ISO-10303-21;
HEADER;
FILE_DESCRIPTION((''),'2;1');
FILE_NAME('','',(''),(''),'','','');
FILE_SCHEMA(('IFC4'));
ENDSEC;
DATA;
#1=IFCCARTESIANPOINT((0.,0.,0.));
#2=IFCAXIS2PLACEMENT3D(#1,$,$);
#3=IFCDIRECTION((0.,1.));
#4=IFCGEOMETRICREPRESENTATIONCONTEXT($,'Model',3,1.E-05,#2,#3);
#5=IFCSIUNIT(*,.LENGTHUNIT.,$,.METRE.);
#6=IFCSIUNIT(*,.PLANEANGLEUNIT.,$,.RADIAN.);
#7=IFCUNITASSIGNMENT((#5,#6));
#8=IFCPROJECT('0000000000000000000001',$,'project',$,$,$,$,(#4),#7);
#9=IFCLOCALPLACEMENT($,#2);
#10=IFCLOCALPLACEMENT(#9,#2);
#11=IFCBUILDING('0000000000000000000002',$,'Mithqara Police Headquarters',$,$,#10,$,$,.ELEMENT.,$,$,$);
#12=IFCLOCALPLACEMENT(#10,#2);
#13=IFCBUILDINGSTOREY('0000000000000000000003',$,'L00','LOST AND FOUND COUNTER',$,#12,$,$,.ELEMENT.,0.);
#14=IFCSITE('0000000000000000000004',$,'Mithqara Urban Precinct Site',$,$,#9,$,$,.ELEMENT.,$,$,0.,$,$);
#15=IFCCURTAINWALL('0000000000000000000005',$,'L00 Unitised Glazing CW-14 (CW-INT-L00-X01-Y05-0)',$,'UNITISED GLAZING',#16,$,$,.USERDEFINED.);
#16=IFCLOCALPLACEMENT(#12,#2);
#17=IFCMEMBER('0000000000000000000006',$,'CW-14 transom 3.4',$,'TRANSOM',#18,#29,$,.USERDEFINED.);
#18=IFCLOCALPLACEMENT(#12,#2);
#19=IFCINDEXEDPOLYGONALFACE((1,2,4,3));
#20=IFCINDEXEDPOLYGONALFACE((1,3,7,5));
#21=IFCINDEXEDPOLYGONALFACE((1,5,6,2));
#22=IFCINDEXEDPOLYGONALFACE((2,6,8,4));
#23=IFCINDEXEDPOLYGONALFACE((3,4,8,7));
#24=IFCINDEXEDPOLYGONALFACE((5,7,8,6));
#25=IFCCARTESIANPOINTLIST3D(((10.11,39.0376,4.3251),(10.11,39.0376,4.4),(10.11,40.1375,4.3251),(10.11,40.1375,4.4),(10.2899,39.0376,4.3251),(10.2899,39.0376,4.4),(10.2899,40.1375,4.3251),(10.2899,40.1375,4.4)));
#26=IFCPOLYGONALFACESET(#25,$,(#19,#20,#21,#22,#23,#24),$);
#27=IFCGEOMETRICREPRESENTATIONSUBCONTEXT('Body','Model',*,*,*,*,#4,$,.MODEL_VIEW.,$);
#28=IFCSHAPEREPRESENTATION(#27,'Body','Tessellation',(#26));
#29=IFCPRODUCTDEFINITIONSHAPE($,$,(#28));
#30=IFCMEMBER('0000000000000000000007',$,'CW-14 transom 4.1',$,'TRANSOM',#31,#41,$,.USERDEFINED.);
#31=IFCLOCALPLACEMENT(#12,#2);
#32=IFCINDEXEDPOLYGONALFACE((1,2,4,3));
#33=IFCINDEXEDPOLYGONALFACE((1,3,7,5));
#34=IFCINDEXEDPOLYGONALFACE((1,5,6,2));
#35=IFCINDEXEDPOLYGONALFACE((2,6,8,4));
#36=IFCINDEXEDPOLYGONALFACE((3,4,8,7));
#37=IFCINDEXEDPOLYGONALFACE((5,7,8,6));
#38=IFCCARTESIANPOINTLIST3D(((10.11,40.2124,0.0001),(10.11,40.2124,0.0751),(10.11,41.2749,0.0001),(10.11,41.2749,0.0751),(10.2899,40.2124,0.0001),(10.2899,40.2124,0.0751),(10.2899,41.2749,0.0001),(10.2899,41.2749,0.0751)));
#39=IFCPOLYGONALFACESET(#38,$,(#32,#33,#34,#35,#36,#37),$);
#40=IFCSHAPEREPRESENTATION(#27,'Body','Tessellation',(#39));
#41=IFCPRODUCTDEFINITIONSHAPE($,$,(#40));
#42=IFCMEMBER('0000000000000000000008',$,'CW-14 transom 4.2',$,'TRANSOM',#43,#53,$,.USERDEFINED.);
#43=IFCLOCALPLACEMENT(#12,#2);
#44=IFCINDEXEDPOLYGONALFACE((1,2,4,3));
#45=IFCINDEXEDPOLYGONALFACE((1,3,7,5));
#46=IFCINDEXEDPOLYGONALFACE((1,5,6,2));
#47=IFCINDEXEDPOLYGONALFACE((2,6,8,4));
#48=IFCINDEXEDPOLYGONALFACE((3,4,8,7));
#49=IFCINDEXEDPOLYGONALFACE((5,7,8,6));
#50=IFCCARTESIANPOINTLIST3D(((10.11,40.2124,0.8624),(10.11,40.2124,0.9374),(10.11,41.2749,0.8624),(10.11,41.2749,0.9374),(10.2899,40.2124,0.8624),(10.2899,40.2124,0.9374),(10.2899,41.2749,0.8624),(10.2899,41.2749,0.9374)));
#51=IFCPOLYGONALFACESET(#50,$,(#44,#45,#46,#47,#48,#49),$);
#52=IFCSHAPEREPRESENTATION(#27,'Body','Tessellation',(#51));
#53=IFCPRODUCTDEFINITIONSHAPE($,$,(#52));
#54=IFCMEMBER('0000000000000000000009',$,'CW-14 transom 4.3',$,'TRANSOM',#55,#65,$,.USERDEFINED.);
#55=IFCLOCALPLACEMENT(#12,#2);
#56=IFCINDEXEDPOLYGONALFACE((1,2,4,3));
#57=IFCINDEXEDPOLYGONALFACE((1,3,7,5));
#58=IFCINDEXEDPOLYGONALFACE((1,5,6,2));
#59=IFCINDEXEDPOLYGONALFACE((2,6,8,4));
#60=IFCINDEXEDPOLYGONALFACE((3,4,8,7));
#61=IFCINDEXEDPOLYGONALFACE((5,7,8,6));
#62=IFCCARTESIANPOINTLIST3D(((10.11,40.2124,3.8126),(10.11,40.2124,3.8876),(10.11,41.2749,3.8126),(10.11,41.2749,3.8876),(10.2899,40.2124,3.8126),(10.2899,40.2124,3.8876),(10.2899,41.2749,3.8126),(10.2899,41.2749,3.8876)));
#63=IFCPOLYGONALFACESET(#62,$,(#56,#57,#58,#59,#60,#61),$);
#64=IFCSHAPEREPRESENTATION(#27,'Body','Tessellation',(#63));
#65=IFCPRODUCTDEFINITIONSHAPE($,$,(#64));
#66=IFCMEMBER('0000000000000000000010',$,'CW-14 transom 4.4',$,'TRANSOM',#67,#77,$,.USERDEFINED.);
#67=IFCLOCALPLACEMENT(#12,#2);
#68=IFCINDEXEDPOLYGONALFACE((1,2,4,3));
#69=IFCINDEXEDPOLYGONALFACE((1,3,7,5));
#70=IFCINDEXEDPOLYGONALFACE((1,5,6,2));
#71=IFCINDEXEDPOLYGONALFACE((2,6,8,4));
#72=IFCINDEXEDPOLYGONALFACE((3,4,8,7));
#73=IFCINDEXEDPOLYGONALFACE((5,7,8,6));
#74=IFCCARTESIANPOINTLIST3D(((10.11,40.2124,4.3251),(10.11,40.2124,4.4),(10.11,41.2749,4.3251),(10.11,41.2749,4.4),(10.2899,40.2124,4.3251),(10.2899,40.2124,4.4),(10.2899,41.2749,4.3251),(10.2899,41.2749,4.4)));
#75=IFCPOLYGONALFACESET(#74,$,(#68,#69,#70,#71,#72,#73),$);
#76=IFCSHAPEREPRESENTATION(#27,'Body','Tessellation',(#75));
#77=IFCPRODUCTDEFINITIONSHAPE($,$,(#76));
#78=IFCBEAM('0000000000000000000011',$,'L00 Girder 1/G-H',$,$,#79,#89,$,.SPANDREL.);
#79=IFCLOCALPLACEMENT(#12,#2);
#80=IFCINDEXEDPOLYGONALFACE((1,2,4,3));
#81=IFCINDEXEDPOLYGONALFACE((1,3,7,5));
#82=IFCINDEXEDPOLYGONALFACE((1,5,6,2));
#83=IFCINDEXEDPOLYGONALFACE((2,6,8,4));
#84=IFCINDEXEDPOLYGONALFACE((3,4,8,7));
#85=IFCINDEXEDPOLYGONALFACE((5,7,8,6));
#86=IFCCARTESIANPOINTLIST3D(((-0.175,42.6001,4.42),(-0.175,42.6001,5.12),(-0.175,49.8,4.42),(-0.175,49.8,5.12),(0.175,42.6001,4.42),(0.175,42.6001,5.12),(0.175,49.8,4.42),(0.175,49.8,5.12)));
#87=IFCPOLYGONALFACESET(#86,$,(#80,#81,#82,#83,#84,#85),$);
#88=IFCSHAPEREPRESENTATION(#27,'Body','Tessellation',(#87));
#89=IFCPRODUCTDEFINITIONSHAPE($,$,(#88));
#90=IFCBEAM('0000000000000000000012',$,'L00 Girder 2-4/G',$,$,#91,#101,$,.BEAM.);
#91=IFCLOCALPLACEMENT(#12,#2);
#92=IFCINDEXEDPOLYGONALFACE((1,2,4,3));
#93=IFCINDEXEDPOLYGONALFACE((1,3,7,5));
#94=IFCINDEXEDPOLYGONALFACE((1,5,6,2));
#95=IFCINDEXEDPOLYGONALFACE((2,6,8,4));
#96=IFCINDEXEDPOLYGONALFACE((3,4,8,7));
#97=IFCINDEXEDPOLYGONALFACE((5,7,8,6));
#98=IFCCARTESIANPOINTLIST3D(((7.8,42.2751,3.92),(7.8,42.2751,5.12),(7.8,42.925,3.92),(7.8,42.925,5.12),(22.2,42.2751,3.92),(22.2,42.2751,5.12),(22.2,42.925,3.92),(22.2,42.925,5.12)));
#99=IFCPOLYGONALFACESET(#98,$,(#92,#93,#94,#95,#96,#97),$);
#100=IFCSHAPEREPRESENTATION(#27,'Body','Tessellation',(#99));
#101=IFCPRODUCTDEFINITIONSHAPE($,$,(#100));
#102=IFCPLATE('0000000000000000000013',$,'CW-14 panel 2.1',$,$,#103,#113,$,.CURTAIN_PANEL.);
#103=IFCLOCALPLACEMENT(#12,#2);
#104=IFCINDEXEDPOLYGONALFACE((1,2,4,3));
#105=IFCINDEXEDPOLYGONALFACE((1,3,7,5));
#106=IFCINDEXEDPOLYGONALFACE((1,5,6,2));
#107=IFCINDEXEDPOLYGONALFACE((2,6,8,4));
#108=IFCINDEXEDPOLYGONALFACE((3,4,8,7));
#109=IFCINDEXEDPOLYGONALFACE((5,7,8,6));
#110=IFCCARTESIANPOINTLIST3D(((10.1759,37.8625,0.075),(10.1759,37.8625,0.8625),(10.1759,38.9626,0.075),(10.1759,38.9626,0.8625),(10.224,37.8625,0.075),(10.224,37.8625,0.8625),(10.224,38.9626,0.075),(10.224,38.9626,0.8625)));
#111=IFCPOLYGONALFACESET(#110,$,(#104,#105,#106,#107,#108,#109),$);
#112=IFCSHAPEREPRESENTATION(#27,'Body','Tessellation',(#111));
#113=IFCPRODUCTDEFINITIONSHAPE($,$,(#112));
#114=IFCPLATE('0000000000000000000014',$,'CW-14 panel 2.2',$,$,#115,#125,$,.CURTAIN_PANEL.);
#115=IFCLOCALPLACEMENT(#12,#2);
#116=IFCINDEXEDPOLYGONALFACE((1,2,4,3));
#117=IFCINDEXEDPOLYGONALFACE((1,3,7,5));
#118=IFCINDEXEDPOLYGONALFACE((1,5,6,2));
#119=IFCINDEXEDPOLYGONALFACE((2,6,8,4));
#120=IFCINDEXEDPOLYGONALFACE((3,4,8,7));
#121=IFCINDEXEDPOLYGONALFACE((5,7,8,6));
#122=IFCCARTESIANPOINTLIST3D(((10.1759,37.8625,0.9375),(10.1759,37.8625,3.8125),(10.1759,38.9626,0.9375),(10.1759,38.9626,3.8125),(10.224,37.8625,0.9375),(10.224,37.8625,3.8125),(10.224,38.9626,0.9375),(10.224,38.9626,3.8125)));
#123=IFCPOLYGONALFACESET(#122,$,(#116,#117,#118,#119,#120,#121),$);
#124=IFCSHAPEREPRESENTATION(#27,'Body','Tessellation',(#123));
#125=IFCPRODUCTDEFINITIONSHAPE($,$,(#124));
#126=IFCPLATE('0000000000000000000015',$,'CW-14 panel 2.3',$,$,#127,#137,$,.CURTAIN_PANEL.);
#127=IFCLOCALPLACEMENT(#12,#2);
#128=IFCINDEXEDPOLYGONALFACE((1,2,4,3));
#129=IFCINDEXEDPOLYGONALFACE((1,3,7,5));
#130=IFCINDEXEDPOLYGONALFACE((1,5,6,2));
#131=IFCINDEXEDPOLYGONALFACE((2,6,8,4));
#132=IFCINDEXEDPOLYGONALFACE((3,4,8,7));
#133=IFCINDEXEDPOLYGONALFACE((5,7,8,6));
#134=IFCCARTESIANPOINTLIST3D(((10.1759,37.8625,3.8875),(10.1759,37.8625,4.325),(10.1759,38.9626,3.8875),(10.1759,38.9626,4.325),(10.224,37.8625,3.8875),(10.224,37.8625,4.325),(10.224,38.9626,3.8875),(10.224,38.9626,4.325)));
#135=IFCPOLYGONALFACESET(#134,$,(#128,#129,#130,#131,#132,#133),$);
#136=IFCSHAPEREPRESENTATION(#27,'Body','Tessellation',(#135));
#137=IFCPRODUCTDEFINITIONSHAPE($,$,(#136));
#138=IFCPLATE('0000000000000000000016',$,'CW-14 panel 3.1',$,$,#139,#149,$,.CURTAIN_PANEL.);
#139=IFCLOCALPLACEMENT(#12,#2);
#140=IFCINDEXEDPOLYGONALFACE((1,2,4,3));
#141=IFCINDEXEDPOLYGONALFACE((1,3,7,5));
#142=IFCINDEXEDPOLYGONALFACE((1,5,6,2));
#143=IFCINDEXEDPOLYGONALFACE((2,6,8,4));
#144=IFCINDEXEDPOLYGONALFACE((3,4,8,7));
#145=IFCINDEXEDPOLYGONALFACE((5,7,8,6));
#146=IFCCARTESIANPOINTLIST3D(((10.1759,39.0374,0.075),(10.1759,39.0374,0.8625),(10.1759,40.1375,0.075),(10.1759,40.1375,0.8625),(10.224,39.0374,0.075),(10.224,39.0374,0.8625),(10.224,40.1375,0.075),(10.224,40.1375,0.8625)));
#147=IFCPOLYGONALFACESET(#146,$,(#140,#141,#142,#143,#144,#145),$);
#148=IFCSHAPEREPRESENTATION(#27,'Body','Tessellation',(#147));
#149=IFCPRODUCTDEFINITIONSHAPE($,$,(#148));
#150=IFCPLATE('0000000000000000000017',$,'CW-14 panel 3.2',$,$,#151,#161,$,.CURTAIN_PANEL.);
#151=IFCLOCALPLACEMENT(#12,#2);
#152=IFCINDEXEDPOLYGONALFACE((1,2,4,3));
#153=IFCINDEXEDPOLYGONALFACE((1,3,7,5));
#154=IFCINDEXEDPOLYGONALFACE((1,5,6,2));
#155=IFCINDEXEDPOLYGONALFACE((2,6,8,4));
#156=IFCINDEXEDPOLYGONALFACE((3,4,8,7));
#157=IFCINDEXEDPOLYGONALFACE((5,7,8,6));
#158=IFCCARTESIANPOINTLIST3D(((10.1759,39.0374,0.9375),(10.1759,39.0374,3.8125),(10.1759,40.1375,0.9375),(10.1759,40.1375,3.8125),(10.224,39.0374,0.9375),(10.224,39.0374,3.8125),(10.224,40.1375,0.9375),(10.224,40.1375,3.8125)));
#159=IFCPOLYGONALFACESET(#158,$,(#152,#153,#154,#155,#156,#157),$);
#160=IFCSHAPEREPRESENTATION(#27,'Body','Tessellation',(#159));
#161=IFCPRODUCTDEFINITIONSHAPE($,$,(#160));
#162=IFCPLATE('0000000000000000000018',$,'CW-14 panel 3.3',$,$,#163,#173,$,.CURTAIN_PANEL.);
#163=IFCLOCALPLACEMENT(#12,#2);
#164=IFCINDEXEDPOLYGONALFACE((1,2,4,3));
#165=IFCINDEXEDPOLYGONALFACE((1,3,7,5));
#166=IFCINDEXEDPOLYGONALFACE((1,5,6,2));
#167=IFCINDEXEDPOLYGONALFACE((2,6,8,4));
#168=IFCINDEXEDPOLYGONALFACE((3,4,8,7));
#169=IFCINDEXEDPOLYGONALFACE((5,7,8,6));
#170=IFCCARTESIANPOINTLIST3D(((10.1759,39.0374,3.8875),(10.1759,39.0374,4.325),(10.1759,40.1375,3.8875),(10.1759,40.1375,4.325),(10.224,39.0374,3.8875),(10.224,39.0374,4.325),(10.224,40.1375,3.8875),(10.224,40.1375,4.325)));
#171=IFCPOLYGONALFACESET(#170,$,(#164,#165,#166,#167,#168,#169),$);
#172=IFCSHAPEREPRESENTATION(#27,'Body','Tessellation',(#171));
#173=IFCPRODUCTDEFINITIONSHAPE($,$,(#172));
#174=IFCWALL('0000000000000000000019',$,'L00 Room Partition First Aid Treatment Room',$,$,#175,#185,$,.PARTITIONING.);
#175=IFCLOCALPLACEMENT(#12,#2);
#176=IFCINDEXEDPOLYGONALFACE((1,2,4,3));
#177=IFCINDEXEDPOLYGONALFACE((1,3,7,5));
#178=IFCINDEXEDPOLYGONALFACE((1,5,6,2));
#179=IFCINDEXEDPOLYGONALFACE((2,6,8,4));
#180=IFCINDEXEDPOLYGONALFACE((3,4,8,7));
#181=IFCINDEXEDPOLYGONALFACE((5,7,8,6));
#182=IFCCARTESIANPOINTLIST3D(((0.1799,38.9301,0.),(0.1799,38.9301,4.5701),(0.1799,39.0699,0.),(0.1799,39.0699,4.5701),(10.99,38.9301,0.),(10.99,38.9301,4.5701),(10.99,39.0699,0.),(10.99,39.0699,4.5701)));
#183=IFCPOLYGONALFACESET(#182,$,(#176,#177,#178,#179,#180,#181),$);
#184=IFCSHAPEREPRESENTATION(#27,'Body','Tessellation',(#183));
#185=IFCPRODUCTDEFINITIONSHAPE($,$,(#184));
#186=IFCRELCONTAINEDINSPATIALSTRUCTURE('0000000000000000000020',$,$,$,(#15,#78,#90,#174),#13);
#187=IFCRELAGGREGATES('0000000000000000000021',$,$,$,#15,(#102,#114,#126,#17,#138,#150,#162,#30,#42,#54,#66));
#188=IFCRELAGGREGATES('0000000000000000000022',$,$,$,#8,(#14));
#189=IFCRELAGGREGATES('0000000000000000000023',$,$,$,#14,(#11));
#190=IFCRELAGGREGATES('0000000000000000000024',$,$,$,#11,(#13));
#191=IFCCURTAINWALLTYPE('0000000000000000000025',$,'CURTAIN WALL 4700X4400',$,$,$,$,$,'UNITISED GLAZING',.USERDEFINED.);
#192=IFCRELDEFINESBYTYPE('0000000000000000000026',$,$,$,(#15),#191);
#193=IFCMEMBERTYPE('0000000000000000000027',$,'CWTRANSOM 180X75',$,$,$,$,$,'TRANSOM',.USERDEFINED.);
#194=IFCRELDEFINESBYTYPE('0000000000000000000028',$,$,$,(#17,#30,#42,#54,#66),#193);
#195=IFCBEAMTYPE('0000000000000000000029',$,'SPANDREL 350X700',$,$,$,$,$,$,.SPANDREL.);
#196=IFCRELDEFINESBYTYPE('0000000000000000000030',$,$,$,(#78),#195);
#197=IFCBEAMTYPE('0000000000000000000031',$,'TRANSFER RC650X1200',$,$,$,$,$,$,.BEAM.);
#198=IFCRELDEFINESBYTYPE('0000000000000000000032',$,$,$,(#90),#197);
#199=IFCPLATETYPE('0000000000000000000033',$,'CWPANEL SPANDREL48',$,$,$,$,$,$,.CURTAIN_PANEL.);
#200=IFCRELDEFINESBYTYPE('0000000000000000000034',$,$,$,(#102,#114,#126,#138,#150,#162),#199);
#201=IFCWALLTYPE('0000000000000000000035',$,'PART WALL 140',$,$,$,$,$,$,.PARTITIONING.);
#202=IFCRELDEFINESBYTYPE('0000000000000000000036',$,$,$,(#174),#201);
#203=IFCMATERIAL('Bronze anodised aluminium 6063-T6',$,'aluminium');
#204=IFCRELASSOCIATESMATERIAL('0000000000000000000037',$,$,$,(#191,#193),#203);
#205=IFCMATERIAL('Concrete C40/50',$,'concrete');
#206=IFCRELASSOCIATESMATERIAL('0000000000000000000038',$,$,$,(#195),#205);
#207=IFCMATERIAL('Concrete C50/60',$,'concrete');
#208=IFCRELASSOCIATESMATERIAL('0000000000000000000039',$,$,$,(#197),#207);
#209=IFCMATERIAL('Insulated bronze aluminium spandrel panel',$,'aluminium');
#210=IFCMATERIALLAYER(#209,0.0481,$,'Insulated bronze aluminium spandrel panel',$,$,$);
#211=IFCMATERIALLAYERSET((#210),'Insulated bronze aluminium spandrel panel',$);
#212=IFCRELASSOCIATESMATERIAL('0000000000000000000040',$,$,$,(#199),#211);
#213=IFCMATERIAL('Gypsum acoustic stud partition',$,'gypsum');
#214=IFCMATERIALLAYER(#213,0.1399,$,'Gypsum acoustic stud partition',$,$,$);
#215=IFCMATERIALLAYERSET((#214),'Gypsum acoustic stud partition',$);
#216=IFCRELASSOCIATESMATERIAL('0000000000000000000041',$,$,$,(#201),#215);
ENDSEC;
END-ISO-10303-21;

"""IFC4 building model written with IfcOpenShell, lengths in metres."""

from ifc_helpers import new_model, si_unit, direction, frame, frame_2d, origin, origin_2d, place, context, subcontext, project, spatial, rectangle, extrude, material, layer, layer_set, material_profile, profile_set, type_object, element, aggregate, save


model = new_model("IFC4")

# Units and contexts
model_context = context("Model", 3, precision=1e-05, world=origin(), true_north=direction((0.0, 1.0)))
body_context = subcontext(model_context, "Body", "Model", "MODEL_VIEW")
ifc_project = project(units=[si_unit("LENGTHUNIT", "METRE"), si_unit("PLANEANGLEUNIT", "RADIAN")], contexts=[model_context])

# Site, building, storey
site_placement = place(None, origin())
site = spatial("IfcSite", under=ifc_project, at=site_placement, Name="Mithqara Urban Precinct Site", CompositionType="ELEMENT", RefElevation=0.0)
building_placement = place(site_placement, origin())
building = spatial("IfcBuilding", under=site, at=building_placement, Name="Mithqara Police Headquarters", CompositionType="ELEMENT")
storey_placement = place(building_placement, origin())
storey = spatial("IfcBuildingStorey", under=building, at=storey_placement, Name="L00", Description="LOST AND FOUND COUNTER", CompositionType="ELEMENT", Elevation=0.0)

# Shared definitions
ifc_material_1 = material(Name="Concrete C40/50", Category="concrete")

# Shared definitions
ifc_material_2 = material(Name="Concrete C50/60", Category="concrete")

# Curtain wall, members
ifc_material_3 = material(Name="Bronze anodised aluminium 6063-T6", Category="aluminium")
curtain_wall_type = type_object("IfcCurtainWallType", Name="CURTAIN WALL 4700X4400", ElementType="UNITISED GLAZING", PredefinedType="USERDEFINED", material=ifc_material_3)
curtain_wall_placement = place(storey_placement, origin())
curtain_wall = element("IfcCurtainWall", 1, at=curtain_wall_placement, inside=storey, type_object=curtain_wall_type, Name="L00 Unitised Glazing CW-14 (CW-INT-L00-X01-Y05-0)", ObjectType="UNITISED GLAZING", PredefinedType="USERDEFINED")
ifc_material_profile_1 = material_profile(ifc_material_3, rectangle(XDim=0.1799, YDim=0.075, at=origin_2d()), Name="CWT 180x75")
ifc_profile_set_1 = profile_set([ifc_material_profile_1], Name="Bronze anodised aluminium 6063-T6")
member_type_1 = type_object("IfcMemberType", Name="CWTRANSOM 180X75", ElementType="TRANSOM", PredefinedType="USERDEFINED", material=ifc_profile_set_1)
member_1_placement = place(storey_placement, frame((10.2, 39.0376, 4.3625), z_axis=(0.0, 1.0, 0.0), x_axis=(-1.0, 0.0, 0.0)))
member_1 = element("IfcMember", 2, at=member_1_placement, type_object=member_type_1, Name="CW-14 transom 3.4", ObjectType="TRANSOM", PredefinedType="USERDEFINED", context=body_context, shape_type="SweptSolid", body=[
    extrude(rectangle(XDim=0.1799, YDim=0.075, at=origin_2d()), origin(), (0.0, 0.0, 1.0), 1.0999),
])
member_2_placement = place(storey_placement, frame((10.2, 40.2124, 0.0376), z_axis=(0.0, 1.0, 0.0), x_axis=(-1.0, 0.0, 0.0)))
member_2 = element("IfcMember", 3, at=member_2_placement, type_object=member_type_1, Name="CW-14 transom 4.1", ObjectType="TRANSOM", PredefinedType="USERDEFINED", context=body_context, shape_type="SweptSolid", body=[
    extrude(rectangle(XDim=0.1799, YDim=0.075, at=origin_2d()), origin(), (0.0, 0.0, 1.0), 1.0625),
])
member_3_placement = place(storey_placement, frame((10.2, 40.2124, 0.8999), z_axis=(0.0, 1.0, 0.0), x_axis=(-1.0, 0.0, 0.0)))
member_3 = element("IfcMember", 4, at=member_3_placement, type_object=member_type_1, Name="CW-14 transom 4.2", ObjectType="TRANSOM", PredefinedType="USERDEFINED", context=body_context, shape_type="SweptSolid", body=[
    extrude(rectangle(XDim=0.1799, YDim=0.075, at=origin_2d()), origin(), (0.0, 0.0, 1.0), 1.0625),
])
member_4_placement = place(storey_placement, frame((10.2, 40.2124, 3.8501), z_axis=(0.0, 1.0, 0.0), x_axis=(-1.0, 0.0, 0.0)))
member_4 = element("IfcMember", 5, at=member_4_placement, type_object=member_type_1, Name="CW-14 transom 4.3", ObjectType="TRANSOM", PredefinedType="USERDEFINED", context=body_context, shape_type="SweptSolid", body=[
    extrude(rectangle(XDim=0.1799, YDim=0.075, at=origin_2d()), origin(), (0.0, 0.0, 1.0), 1.0625),
])
member_5_placement = place(storey_placement, frame((10.2, 40.2124, 4.3625), z_axis=(0.0, 1.0, 0.0), x_axis=(-1.0, 0.0, 0.0)))
member_5 = element("IfcMember", 6, at=member_5_placement, type_object=member_type_1, Name="CW-14 transom 4.4", ObjectType="TRANSOM", PredefinedType="USERDEFINED", context=body_context, shape_type="SweptSolid", body=[
    extrude(rectangle(XDim=0.1799, YDim=0.075, at=origin_2d()), origin(), (0.0, 0.0, 1.0), 1.0625),
])

# Beams
ifc_material_profile_2 = material_profile(ifc_material_1, rectangle(XDim=0.3501, YDim=0.7, at=origin_2d()), Name="SPB 350x700")
ifc_profile_set_2 = profile_set([ifc_material_profile_2], Name="Concrete C40/50")
beam_type_1 = type_object("IfcBeamType", Name="SPANDREL 350X700", PredefinedType="SPANDREL", material=ifc_profile_set_2)
beam_1_placement = place(storey_placement, frame((0.0, 42.6001, 4.77), z_axis=(0.0, 1.0, 0.0), x_axis=(-1.0, 0.0, 0.0)))
element("IfcBeam", 7, at=beam_1_placement, inside=storey, type_object=beam_type_1, Name="L00 Girder 1/G-H", PredefinedType="SPANDREL", context=body_context, shape_type="SweptSolid", body=[
    extrude(rectangle(XDim=0.3501, YDim=0.7, at=origin_2d()), origin(), (0.0, 0.0, 1.0), 7.2),
])
ifc_material_profile_3 = material_profile(ifc_material_2, rectangle(XDim=0.6499, YDim=1.2, at=origin_2d()), Name="RC 650x1200")
ifc_profile_set_3 = profile_set([ifc_material_profile_3], Name="Concrete C50/60")
beam_type_2 = type_object("IfcBeamType", Name="TRANSFER RC650X1200", PredefinedType="BEAM", material=ifc_profile_set_3)
beam_2_placement = place(storey_placement, frame((7.8, 42.6001, 4.52), z_axis=(1.0, 0.0, 0.0), x_axis=(0.0, 1.0, 0.0)))
element("IfcBeam", 8, at=beam_2_placement, inside=storey, type_object=beam_type_2, Name="L00 Girder 2-4/G", PredefinedType="BEAM", context=body_context, shape_type="SweptSolid", body=[
    extrude(rectangle(XDim=0.6499, YDim=1.2, at=origin_2d()), origin(), (0.0, 0.0, 1.0), 14.3999),
])

# Plates
ifc_material_4 = material(Name="Insulated bronze aluminium spandrel panel", Category="aluminium")
ifc_layer_1 = layer(ifc_material_4, 0.0481, Name="Insulated bronze aluminium spandrel panel")
ifc_layer_set_1 = layer_set([ifc_layer_1], Name="Insulated bronze aluminium spandrel panel")
plate_type = type_object("IfcPlateType", Name="CWPANEL SPANDREL48", PredefinedType="CURTAIN_PANEL", material=ifc_layer_set_1)
plate_1_placement = place(storey_placement, frame((10.2, 38.4126, 0.075), z_axis=(0.0, 0.0, 1.0), x_axis=(0.0, 1.0, 0.0)))
plate_1 = element("IfcPlate", 9, at=plate_1_placement, type_object=plate_type, Name="CW-14 panel 2.1", PredefinedType="CURTAIN_PANEL", context=body_context, shape_type="SweptSolid", body=[
    extrude(rectangle(XDim=1.1001, YDim=0.0481, at=origin_2d()), origin(), (0.0, 0.0, 1.0), 0.7876),
])
plate_2_placement = place(storey_placement, frame((10.2, 38.4126, 0.9375), z_axis=(0.0, 0.0, 1.0), x_axis=(0.0, 1.0, 0.0)))
plate_2 = element("IfcPlate", 10, at=plate_2_placement, type_object=plate_type, Name="CW-14 panel 2.2", PredefinedType="CURTAIN_PANEL", context=body_context, shape_type="SweptSolid", body=[
    extrude(rectangle(XDim=1.1001, YDim=0.0481, at=origin_2d()), origin(), (0.0, 0.0, 1.0), 2.875),
])
plate_3_placement = place(storey_placement, frame((10.2, 38.4126, 3.8875), z_axis=(0.0, 0.0, 1.0), x_axis=(0.0, 1.0, 0.0)))
plate_3 = element("IfcPlate", 11, at=plate_3_placement, type_object=plate_type, Name="CW-14 panel 2.3", PredefinedType="CURTAIN_PANEL", context=body_context, shape_type="SweptSolid", body=[
    extrude(rectangle(XDim=1.1001, YDim=0.0481, at=origin_2d()), origin(), (0.0, 0.0, 1.0), 0.4375),
])
plate_4_placement = place(storey_placement, frame((10.2, 39.5874, 0.075), z_axis=(0.0, 0.0, 1.0), x_axis=(0.0, 1.0, 0.0)))
plate_4 = element("IfcPlate", 12, at=plate_4_placement, type_object=plate_type, Name="CW-14 panel 3.1", PredefinedType="CURTAIN_PANEL", context=body_context, shape_type="SweptSolid", body=[
    extrude(rectangle(XDim=1.1001, YDim=0.0481, at=origin_2d()), origin(), (0.0, 0.0, 1.0), 0.7876),
])
plate_5_placement = place(storey_placement, frame((10.2, 39.5874, 0.9375), z_axis=(0.0, 0.0, 1.0), x_axis=(0.0, 1.0, 0.0)))
plate_5 = element("IfcPlate", 13, at=plate_5_placement, type_object=plate_type, Name="CW-14 panel 3.2", PredefinedType="CURTAIN_PANEL", context=body_context, shape_type="SweptSolid", body=[
    extrude(rectangle(XDim=1.1001, YDim=0.0481, at=origin_2d()), origin(), (0.0, 0.0, 1.0), 2.875),
])
plate_6_placement = place(storey_placement, frame((10.2, 39.5874, 3.8875), z_axis=(0.0, 0.0, 1.0), x_axis=(0.0, 1.0, 0.0)))
plate_6 = element("IfcPlate", 14, at=plate_6_placement, type_object=plate_type, Name="CW-14 panel 3.3", PredefinedType="CURTAIN_PANEL", context=body_context, shape_type="SweptSolid", body=[
    extrude(rectangle(XDim=1.1001, YDim=0.0481, at=origin_2d()), origin(), (0.0, 0.0, 1.0), 0.4375),
])
aggregate(curtain_wall, [plate_1, plate_2, plate_3, member_1, plate_4, plate_5, plate_6, member_2, member_3, member_4, member_5])

# Wall
ifc_material_5 = material(Name="Gypsum acoustic stud partition", Category="gypsum")
ifc_layer_2 = layer(ifc_material_5, 0.1399, Name="Gypsum acoustic stud partition")
ifc_layer_set_2 = layer_set([ifc_layer_2], Name="Gypsum acoustic stud partition")
wall_type = type_object("IfcWallType", Name="PART WALL 140", PredefinedType="PARTITIONING", material=ifc_layer_set_2)
wall_1_placement = place(storey_placement, frame((0.1799, 39.0, 0.0), z_axis=(0.0, 0.0, 1.0), x_axis=(1.0, 0.0, 0.0)))
element("IfcWall", 15, at=wall_1_placement, inside=storey, type_object=wall_type, Name="L00 Room Partition First Aid Treatment Room", PredefinedType="PARTITIONING", context=body_context, shape_type="SweptSolid", body=[
    extrude(rectangle(XDim=10.8101, YDim=0.1399, at=frame_2d((5.405, 0.0))), origin(), (0.0, 0.0, 1.0), 4.5701),
])

save(model, "model.ifc")
